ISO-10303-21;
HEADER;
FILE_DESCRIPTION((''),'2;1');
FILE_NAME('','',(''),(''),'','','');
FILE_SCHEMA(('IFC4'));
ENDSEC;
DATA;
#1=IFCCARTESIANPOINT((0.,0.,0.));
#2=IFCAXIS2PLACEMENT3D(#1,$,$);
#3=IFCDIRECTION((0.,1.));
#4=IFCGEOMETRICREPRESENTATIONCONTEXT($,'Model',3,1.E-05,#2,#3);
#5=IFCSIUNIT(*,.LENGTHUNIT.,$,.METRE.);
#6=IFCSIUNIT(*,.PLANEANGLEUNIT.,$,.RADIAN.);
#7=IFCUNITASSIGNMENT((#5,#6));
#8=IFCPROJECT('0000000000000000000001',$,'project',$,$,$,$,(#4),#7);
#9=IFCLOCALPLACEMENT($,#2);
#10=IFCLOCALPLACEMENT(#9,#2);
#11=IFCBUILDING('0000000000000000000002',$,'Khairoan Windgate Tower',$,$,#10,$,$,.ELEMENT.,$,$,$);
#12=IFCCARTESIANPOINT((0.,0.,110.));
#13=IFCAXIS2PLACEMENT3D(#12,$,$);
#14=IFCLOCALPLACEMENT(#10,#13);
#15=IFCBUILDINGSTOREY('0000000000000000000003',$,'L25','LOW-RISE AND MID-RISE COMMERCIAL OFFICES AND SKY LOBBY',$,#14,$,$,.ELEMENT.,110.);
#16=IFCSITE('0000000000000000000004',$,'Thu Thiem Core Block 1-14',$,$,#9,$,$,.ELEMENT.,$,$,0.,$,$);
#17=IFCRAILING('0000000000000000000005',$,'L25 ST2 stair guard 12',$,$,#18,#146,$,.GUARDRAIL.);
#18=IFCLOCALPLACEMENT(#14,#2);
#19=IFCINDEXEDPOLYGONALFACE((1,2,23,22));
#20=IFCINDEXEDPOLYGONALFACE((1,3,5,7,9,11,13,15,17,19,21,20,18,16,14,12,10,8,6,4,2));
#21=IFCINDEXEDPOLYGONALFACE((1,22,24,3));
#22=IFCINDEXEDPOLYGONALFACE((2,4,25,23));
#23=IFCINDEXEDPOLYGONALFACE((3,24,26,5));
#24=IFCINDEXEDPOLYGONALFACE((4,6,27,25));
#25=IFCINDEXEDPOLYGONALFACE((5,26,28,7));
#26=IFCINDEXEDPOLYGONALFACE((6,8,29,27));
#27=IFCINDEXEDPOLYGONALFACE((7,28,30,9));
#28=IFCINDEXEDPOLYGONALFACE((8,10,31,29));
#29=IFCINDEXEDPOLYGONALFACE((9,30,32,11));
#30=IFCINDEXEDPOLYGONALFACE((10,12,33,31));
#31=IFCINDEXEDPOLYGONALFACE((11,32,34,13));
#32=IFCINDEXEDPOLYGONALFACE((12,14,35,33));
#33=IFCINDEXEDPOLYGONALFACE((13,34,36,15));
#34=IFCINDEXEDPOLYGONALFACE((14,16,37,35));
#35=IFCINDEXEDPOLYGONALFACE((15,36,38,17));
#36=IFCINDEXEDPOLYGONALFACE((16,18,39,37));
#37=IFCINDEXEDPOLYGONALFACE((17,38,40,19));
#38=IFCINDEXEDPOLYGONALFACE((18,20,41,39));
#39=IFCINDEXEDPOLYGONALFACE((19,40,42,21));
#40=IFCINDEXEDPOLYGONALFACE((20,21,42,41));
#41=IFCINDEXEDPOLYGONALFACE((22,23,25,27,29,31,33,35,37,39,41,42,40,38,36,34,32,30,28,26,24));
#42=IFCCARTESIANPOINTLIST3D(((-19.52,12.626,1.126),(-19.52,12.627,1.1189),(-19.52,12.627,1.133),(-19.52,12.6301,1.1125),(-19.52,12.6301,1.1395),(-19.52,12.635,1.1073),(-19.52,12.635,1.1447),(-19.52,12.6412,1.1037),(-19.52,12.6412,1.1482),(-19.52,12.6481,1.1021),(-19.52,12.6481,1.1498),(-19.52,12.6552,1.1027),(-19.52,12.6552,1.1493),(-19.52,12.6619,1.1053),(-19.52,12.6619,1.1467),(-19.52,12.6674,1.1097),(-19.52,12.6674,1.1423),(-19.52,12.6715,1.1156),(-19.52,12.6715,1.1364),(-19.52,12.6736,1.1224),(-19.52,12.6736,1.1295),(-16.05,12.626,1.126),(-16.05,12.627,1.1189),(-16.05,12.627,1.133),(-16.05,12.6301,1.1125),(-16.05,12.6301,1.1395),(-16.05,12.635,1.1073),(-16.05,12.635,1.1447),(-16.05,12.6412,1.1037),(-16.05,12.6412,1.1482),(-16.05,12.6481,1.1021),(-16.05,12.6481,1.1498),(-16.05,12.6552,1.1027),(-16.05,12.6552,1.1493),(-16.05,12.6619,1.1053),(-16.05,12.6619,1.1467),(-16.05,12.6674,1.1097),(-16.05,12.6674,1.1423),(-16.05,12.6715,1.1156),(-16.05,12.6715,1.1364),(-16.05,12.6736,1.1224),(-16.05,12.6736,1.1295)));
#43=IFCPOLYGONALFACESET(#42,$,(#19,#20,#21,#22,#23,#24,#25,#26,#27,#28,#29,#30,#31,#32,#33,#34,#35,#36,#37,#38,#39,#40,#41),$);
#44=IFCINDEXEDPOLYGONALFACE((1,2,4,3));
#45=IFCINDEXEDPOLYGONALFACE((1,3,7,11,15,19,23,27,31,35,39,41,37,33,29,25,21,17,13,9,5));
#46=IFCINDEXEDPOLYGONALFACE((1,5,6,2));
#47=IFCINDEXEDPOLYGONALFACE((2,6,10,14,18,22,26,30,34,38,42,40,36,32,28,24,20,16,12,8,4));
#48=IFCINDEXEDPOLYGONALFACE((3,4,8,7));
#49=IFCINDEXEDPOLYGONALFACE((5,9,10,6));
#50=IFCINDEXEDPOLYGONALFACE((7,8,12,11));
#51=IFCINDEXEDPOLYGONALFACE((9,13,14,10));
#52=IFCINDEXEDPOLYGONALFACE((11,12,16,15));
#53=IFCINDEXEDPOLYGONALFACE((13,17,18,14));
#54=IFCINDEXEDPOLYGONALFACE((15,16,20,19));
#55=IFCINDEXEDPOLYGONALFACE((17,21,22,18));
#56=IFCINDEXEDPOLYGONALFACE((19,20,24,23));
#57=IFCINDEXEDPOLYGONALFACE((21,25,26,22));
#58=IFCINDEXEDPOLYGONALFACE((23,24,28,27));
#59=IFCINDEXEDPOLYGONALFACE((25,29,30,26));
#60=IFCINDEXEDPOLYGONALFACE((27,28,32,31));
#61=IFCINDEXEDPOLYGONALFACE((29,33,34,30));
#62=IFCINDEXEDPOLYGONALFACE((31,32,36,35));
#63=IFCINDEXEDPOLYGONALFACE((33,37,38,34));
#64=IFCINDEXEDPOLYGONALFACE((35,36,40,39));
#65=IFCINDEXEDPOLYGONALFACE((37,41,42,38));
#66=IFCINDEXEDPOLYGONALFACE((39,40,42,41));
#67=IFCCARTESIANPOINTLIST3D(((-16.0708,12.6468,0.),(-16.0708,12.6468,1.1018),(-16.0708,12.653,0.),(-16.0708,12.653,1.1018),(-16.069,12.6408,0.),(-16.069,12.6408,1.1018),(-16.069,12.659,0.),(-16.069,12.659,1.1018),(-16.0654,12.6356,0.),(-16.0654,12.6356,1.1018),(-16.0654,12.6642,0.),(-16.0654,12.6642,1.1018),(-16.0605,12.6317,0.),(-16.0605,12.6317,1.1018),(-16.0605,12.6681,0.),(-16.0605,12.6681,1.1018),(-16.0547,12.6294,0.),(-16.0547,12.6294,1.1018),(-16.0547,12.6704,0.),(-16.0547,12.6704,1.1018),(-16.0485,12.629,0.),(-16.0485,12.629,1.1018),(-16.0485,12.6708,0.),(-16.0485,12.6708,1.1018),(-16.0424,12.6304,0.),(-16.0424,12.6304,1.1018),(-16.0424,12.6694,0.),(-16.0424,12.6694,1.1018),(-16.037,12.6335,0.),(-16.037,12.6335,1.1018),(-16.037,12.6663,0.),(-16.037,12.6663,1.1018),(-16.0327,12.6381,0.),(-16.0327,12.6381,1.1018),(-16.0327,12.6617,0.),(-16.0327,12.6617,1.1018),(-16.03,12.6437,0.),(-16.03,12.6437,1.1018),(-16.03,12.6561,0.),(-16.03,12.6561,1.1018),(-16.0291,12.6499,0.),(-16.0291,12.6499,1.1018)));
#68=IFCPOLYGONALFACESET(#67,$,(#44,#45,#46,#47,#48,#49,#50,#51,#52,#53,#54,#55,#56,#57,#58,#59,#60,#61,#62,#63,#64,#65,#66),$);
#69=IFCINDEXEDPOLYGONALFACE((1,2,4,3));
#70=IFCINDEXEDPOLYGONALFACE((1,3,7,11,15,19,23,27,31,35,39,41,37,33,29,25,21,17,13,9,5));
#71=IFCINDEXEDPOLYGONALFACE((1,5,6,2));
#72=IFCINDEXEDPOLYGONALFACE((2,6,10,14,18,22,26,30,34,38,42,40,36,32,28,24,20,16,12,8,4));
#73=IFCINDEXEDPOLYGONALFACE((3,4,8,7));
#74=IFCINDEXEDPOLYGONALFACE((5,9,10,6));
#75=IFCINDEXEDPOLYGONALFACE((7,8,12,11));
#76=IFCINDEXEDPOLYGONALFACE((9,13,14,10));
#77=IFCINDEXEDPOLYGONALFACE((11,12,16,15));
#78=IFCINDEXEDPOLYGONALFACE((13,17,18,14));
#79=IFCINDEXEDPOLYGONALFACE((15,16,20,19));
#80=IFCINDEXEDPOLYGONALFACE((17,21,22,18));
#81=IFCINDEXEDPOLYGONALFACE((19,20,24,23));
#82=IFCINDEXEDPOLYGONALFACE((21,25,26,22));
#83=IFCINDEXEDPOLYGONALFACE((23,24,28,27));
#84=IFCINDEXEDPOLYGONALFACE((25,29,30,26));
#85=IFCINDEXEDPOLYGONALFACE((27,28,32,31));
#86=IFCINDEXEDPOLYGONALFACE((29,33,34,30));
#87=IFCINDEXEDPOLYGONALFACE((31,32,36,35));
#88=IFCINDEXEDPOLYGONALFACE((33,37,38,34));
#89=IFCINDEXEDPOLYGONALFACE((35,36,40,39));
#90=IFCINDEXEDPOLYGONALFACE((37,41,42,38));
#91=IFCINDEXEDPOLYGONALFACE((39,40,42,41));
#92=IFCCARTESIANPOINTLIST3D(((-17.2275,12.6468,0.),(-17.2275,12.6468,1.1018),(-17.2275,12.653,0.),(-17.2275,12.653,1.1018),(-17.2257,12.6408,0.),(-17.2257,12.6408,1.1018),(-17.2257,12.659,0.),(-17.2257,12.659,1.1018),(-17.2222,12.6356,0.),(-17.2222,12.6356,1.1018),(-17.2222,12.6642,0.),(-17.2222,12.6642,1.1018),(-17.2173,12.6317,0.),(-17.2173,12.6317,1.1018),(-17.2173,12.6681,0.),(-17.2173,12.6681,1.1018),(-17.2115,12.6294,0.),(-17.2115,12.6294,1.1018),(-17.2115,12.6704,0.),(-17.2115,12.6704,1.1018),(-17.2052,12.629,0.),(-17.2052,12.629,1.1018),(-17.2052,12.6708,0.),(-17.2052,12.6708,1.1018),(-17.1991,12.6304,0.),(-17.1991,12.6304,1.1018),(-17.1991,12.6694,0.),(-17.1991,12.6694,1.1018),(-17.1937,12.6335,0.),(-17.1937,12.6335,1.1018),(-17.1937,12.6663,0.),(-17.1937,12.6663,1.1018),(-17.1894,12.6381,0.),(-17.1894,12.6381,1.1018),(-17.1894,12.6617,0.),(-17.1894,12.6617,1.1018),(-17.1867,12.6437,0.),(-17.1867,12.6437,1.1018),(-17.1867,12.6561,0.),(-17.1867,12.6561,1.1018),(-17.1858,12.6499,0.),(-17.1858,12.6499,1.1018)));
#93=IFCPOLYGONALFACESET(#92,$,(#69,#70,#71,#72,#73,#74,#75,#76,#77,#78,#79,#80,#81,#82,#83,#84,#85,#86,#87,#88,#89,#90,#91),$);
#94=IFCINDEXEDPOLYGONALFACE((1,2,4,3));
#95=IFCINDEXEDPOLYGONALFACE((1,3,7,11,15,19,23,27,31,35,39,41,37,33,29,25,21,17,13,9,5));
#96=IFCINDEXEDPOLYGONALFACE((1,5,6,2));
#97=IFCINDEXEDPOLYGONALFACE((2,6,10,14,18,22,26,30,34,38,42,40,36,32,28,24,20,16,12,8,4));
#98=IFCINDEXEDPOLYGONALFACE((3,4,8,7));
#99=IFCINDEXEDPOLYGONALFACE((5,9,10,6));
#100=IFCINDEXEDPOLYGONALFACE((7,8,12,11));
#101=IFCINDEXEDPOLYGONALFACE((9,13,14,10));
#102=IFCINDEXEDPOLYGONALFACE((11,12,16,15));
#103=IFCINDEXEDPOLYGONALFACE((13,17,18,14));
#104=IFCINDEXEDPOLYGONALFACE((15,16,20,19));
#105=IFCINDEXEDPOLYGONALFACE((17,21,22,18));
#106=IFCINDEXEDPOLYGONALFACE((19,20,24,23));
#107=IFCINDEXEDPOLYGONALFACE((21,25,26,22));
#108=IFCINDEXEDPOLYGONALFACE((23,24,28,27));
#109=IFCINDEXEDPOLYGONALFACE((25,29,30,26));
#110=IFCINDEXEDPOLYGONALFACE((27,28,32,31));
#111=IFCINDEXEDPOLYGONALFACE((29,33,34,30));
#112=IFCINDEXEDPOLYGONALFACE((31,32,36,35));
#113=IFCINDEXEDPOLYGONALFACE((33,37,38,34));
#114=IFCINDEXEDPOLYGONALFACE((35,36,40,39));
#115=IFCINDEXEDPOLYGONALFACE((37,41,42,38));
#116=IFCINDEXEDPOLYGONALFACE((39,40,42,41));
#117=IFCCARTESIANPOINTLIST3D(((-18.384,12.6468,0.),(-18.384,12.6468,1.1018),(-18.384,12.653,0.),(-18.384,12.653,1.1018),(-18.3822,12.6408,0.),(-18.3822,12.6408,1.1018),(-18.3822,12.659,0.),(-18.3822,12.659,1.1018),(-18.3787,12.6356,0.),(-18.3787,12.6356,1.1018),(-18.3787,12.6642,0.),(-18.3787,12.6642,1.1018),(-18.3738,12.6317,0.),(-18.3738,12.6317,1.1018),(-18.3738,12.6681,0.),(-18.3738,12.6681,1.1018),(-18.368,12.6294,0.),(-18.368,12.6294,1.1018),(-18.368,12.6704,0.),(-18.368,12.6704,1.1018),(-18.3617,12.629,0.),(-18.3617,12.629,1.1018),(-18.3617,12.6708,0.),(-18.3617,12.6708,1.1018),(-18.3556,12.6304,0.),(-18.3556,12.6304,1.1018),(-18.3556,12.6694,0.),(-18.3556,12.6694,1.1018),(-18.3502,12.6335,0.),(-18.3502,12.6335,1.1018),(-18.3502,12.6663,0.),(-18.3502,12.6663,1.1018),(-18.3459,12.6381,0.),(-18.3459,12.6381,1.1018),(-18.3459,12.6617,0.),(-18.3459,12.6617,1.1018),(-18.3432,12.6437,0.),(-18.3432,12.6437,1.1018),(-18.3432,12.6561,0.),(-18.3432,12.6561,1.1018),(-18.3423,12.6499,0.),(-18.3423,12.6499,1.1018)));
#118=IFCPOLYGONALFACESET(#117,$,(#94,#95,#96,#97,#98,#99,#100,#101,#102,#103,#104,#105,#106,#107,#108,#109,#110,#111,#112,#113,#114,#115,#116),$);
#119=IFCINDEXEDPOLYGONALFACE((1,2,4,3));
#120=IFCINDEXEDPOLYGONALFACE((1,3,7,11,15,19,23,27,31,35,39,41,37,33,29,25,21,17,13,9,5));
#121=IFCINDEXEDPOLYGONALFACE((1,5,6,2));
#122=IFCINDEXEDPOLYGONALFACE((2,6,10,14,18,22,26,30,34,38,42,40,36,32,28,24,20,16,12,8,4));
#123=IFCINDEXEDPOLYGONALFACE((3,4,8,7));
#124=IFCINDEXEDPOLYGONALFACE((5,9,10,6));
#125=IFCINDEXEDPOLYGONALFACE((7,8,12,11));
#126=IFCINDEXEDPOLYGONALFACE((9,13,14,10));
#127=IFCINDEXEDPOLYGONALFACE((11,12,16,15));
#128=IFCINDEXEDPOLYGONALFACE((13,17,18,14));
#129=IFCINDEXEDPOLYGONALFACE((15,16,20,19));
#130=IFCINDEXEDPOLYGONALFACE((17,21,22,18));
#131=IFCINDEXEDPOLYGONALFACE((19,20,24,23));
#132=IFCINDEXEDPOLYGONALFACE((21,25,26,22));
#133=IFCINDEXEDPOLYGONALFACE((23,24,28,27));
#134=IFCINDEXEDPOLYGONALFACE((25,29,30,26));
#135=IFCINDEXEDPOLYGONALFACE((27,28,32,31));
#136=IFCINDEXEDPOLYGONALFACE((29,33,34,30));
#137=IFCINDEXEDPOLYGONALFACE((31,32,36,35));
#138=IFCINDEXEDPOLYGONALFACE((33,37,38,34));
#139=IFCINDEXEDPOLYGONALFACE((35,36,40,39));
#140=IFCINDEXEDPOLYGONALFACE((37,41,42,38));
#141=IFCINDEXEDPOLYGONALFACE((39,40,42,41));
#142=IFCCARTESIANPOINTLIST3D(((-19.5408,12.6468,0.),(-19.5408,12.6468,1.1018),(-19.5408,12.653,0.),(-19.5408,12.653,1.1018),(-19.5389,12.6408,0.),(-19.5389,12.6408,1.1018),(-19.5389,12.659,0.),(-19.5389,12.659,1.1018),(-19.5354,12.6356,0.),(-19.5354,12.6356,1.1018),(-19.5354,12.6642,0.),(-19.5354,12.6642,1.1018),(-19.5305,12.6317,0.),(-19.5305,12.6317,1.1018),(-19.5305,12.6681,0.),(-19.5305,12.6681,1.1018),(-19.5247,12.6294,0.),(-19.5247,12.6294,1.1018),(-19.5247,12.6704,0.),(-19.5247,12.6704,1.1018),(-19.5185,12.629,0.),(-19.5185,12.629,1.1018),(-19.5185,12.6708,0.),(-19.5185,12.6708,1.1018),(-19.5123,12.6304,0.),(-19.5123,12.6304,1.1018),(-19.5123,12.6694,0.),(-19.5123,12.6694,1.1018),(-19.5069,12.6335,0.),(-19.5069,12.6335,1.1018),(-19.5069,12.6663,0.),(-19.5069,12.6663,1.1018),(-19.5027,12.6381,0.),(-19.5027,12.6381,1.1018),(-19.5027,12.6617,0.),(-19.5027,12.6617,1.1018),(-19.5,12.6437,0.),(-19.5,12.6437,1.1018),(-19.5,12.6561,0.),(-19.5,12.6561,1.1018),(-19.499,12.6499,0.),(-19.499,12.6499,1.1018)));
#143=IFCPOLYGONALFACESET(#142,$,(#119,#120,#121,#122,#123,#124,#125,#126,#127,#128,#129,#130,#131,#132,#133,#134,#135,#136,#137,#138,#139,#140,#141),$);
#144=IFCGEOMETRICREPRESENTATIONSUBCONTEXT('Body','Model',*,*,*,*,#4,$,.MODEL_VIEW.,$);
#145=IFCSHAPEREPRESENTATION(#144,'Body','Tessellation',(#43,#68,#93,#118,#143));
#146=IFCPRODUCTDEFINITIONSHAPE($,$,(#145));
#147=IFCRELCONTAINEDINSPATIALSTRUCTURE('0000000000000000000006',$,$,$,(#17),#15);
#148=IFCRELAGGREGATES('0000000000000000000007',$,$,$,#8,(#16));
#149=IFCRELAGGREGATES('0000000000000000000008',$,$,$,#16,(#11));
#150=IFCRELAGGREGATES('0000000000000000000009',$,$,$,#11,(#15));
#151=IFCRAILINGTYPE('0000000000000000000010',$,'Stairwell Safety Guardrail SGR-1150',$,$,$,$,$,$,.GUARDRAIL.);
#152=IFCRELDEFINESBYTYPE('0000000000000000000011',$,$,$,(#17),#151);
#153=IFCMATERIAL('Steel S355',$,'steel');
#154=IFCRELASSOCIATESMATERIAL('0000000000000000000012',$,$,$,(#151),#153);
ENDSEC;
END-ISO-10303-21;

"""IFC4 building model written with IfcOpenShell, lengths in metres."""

from ifc_helpers import new_model, si_unit, direction, frame, origin, origin_2d, place, context, subcontext, project, spatial, circle, extrude, material, type_object, element, save


model = new_model("IFC4")

# Units and contexts
model_context = context("Model", 3, precision=1e-05, world=origin(), true_north=direction((0.0, 1.0)))
body_context = subcontext(model_context, "Body", "Model", "MODEL_VIEW")
ifc_project = project(units=[si_unit("LENGTHUNIT", "METRE"), si_unit("PLANEANGLEUNIT", "RADIAN")], contexts=[model_context])

# Site, building, storey
site_placement = place(None, origin())
site = spatial("IfcSite", under=ifc_project, at=site_placement, Name="Thu Thiem Core Block 1-14", CompositionType="ELEMENT", RefElevation=0.0)
building_placement = place(site_placement, origin())
building = spatial("IfcBuilding", under=site, at=building_placement, Name="Khairoan Windgate Tower", CompositionType="ELEMENT")
storey_placement = place(building_placement, frame((0.0, 0.0, 110.0)))
storey = spatial("IfcBuildingStorey", under=building, at=storey_placement, Name="L25", Description="LOW-RISE AND MID-RISE COMMERCIAL OFFICES AND SKY LOBBY", CompositionType="ELEMENT", Elevation=110.0)

# Railing
ifc_material_1 = material(Name="Steel S355", Category="steel")
railing_type = type_object("IfcRailingType", Name="Stairwell Safety Guardrail SGR-1150", PredefinedType="GUARDRAIL", material=ifc_material_1)
railing_1_placement = place(storey_placement, frame((-16.05, 12.6499, 0.0)))
element("IfcRailing", 1, at=railing_1_placement, inside=storey, type_object=railing_type, Name="L25 ST2 stair guard 12", PredefinedType="GUARDRAIL", context=body_context, shape_type="SweptSolid", body=[
    extrude(circle(Radius=0.0239, at=origin_2d()), frame((0.0, 0.0, 1.126), z_axis=(-1.0, 0.0, 0.0), x_axis=(0.0, -1.0, 0.0)), (0.0, 0.0, 1.0), 3.47),
    extrude(circle(Radius=0.021, at=origin_2d()), origin(), (0.0, 0.0, 1.0), 1.1018),
    extrude(circle(Radius=0.021, at=origin_2d()), frame((-1.1567, 0.0, 0.0)), (0.0, 0.0, 1.0), 1.1018),
    extrude(circle(Radius=0.021, at=origin_2d()), frame((-2.3132, 0.0, 0.0)), (0.0, 0.0, 1.0), 1.1018),
    extrude(circle(Radius=0.021, at=origin_2d()), frame((-3.47, 0.0, 0.0)), (0.0, 0.0, 1.0), 1.1018),
])

save(model, "model.ifc")
